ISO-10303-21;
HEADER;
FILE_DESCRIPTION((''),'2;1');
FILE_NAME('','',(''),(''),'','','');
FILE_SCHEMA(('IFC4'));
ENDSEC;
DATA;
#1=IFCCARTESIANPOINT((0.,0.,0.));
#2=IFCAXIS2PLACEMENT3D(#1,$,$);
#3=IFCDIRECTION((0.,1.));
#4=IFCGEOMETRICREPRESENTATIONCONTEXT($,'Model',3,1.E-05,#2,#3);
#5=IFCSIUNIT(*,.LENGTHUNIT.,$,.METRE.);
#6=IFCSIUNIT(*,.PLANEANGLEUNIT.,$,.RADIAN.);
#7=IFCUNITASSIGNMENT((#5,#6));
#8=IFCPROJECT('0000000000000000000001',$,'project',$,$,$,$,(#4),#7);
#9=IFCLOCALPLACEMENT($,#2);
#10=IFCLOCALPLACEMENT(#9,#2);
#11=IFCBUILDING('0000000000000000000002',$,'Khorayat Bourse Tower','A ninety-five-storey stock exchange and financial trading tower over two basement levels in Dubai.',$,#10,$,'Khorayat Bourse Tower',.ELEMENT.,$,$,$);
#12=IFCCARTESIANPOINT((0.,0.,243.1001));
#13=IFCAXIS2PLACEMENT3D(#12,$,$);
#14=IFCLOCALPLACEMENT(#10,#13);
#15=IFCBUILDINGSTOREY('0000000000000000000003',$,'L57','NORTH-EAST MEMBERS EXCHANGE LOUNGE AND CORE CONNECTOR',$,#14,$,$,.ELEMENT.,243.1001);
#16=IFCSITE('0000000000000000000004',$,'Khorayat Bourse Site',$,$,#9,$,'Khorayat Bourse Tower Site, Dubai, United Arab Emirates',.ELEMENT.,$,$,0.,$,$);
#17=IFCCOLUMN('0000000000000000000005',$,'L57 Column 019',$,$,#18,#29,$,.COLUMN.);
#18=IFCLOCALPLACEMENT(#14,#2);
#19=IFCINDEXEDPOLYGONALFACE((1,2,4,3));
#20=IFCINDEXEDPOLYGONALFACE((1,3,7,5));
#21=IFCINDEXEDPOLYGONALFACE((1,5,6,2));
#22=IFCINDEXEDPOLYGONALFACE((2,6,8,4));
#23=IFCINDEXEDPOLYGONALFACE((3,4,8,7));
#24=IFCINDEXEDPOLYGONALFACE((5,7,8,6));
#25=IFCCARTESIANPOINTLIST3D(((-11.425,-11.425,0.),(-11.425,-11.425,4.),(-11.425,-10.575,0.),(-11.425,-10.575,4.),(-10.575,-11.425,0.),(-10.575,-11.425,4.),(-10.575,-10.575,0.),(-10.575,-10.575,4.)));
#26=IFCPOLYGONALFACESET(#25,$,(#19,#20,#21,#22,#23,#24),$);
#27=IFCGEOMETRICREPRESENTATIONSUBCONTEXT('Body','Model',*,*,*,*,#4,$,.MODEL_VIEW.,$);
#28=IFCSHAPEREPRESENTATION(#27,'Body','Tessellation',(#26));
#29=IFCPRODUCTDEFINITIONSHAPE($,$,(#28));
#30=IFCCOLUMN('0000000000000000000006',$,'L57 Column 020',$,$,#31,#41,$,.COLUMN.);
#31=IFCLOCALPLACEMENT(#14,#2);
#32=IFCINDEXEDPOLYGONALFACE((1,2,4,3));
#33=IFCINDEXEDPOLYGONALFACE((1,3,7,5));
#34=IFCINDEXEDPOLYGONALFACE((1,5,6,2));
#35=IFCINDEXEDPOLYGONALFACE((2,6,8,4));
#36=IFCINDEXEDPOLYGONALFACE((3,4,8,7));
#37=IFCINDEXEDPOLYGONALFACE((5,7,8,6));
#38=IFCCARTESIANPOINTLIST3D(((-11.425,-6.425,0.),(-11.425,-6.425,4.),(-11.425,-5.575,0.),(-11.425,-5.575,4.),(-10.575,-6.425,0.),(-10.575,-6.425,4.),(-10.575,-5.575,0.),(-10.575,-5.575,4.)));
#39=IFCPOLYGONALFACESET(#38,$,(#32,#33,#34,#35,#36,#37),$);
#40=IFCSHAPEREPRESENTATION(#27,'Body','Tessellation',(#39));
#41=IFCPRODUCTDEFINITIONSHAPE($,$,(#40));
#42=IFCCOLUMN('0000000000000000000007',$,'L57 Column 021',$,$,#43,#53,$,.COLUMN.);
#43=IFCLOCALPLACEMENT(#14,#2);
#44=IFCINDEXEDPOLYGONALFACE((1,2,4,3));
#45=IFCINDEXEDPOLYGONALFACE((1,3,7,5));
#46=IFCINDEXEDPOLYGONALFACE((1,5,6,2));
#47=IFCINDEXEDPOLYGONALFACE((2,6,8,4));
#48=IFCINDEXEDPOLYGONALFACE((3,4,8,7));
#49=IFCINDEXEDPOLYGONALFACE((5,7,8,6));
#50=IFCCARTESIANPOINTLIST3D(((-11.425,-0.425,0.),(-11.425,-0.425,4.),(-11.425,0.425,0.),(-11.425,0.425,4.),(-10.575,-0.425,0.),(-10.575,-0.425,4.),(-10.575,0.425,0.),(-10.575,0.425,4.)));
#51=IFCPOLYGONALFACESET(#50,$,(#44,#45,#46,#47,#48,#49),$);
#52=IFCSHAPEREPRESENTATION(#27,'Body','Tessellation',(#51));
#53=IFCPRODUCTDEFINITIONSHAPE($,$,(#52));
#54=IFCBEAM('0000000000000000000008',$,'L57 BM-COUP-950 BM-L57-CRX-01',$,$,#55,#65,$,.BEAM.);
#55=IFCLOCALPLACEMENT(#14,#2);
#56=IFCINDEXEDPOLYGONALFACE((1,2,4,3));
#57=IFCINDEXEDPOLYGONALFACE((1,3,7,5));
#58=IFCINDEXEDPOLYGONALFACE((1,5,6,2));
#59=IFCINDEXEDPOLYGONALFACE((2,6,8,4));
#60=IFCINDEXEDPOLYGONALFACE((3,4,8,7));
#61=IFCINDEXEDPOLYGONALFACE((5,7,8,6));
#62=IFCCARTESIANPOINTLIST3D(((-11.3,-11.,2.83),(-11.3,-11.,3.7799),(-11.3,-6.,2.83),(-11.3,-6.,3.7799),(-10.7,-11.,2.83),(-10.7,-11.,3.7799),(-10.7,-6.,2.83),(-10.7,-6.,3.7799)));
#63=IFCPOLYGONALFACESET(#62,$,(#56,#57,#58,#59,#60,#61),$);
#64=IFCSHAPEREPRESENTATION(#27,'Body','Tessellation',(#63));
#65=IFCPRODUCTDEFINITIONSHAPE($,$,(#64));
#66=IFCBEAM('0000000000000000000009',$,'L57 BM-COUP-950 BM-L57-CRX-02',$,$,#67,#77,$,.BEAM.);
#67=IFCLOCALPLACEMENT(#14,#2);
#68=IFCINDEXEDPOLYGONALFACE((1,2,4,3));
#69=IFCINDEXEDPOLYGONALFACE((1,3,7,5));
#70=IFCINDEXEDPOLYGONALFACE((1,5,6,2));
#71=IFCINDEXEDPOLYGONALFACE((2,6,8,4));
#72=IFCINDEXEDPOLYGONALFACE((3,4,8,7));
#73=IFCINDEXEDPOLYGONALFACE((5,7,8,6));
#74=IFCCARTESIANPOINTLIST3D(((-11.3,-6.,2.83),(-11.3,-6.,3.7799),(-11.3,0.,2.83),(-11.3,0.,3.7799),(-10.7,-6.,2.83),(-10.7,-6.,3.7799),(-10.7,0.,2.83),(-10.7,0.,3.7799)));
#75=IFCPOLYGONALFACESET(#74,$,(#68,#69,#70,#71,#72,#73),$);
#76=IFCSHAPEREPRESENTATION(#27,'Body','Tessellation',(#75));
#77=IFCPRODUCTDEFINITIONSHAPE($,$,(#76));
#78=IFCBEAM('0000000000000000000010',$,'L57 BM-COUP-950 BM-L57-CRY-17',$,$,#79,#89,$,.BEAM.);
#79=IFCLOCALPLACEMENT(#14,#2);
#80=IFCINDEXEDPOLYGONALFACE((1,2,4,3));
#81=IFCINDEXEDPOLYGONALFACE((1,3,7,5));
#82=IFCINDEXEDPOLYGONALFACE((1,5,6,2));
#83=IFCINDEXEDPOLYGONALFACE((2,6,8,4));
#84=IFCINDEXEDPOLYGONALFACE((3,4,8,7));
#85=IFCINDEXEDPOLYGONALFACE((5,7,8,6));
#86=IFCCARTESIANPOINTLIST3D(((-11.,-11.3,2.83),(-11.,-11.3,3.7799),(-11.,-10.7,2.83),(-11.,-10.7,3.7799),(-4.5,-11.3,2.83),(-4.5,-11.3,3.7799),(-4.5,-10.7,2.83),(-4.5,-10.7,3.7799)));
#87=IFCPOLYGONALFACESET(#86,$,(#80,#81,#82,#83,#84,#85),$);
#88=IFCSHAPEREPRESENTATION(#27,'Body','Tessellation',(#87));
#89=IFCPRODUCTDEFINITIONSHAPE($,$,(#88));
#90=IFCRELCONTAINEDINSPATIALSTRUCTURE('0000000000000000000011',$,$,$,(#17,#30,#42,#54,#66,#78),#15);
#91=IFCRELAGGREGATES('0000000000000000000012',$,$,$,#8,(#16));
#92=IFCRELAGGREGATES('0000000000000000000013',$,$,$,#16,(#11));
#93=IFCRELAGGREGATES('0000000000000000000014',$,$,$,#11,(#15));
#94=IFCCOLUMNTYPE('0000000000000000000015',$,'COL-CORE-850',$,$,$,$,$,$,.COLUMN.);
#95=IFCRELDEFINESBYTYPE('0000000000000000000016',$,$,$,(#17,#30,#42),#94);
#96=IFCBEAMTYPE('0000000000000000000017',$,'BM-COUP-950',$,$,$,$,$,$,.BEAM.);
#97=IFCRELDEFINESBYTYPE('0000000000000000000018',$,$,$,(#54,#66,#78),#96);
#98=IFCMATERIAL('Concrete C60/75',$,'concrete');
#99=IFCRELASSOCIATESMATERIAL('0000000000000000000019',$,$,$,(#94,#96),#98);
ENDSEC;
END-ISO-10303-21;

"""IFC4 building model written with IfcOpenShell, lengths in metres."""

from ifc_helpers import new_model, si_unit, direction, frame, origin, origin_2d, place, context, subcontext, project, spatial, rectangle, extrude, source, transform, mapped, material, material_profile, profile_set, type_object, element, save


model = new_model("IFC4")

# Units and contexts
model_context = context("Model", 3, precision=1e-05, world=origin(), true_north=direction((0.0, 1.0)))
body_context = subcontext(model_context, "Body", "Model", "MODEL_VIEW")
ifc_project = project(units=[si_unit("LENGTHUNIT", "METRE"), si_unit("PLANEANGLEUNIT", "RADIAN")], contexts=[model_context])

# Site, building, storey
site_placement = place(None, origin())
site = spatial("IfcSite", under=ifc_project, at=site_placement, Name="Khorayat Bourse Site", LongName="Khorayat Bourse Tower Site, Dubai, United Arab Emirates", CompositionType="ELEMENT", RefElevation=0.0)
building_placement = place(site_placement, origin())
building = spatial("IfcBuilding", under=site, at=building_placement, Name="Khorayat Bourse Tower", Description="A ninety-five-storey stock exchange and financial trading tower over two basement levels in Dubai.", LongName="Khorayat Bourse Tower", CompositionType="ELEMENT")
storey_placement = place(building_placement, frame((0.0, 0.0, 243.1001)))
storey = spatial("IfcBuildingStorey", under=building, at=storey_placement, Name="L57", Description="NORTH-EAST MEMBERS EXCHANGE LOUNGE AND CORE CONNECTOR", CompositionType="ELEMENT", Elevation=243.1001)

# Columns
ifc_material_1 = material(Name="Concrete C60/75", Category="concrete")
ifc_material_profile_1 = material_profile(ifc_material_1, rectangle(XDim=0.8501, YDim=0.8501, at=origin_2d()), Name="RC 850x850")
ifc_profile_set_1 = profile_set([ifc_material_profile_1], Name="Concrete C60/75")
column_type = type_object("IfcColumnType", Name="COL-CORE-850", PredefinedType="COLUMN", material=ifc_profile_set_1)
shared_shape_1 = source(origin(), body_context, "Body", "SweptSolid", [
    extrude(rectangle(XDim=0.8501, YDim=0.8501, at=origin_2d()), origin(), (0.0, 0.0, 1.0), 4.0),
])
for number, where, z_axis, x_axis, name in (
    (1, (-11.0, -11.0, 0.0), (0.0, 0.0, 1.0), (1.0, 0.0, 0.0), "L57 Column 019"),
    (2, (-11.0, -6.0, 0.0), (0.0, 0.0, 1.0), (1.0, 0.0, 0.0), "L57 Column 020"),
    (3, (-11.0, 0.0, 0.0), (0.0, 0.0, 1.0), (1.0, 0.0, 0.0), "L57 Column 021"),
):
    element("IfcColumn", number, at=place(storey_placement, frame(where, z_axis=z_axis, x_axis=x_axis)), inside=storey, type_object=column_type, Name=name, PredefinedType="COLUMN", context=body_context, shape_type="MappedRepresentation", body=[
        mapped(shared_shape_1, transform((0.0, 0.0, 0.0), scale=1.0)),
    ])

# Beams
ifc_material_profile_2 = material_profile(ifc_material_1, rectangle(XDim=0.6001, YDim=0.95, at=origin_2d()), Name="RC 600x950")
ifc_profile_set_2 = profile_set([ifc_material_profile_2], Name="Concrete C60/75")
beam_type = type_object("IfcBeamType", Name="BM-COUP-950", PredefinedType="BEAM", material=ifc_profile_set_2)
shared_shape_2 = source(origin(), body_context, "Body", "SweptSolid", [
    extrude(rectangle(XDim=0.6001, YDim=0.95, at=origin_2d()), origin(), (0.0, 0.0, 1.0), 5.0),
])
beam_1_placement = place(storey_placement, frame((-11.0, -11.0, 3.3049), z_axis=(0.0, 1.0, 0.0), x_axis=(-1.0, 0.0, 0.0)))
element("IfcBeam", 4, at=beam_1_placement, inside=storey, type_object=beam_type, Name="L57 BM-COUP-950 BM-L57-CRX-01", PredefinedType="BEAM", context=body_context, shape_type="MappedRepresentation", body=[
    mapped(shared_shape_2, transform((0.0, 0.0, 0.0), scale=1.0)),
])
shared_shape_3 = source(origin(), body_context, "Body", "SweptSolid", [
    extrude(rectangle(XDim=0.6001, YDim=0.95, at=origin_2d()), origin(), (0.0, 0.0, 1.0), 6.0),
])
beam_2_placement = place(storey_placement, frame((-11.0, -6.0, 3.3049), z_axis=(0.0, 1.0, 0.0), x_axis=(-1.0, 0.0, 0.0)))
element("IfcBeam", 5, at=beam_2_placement, inside=storey, type_object=beam_type, Name="L57 BM-COUP-950 BM-L57-CRX-02", PredefinedType="BEAM", context=body_context, shape_type="MappedRepresentation", body=[
    mapped(shared_shape_3, transform((0.0, 0.0, 0.0), scale=1.0)),
])
shared_shape_4 = source(origin(), body_context, "Body", "SweptSolid", [
    extrude(rectangle(XDim=0.6001, YDim=0.95, at=origin_2d()), origin(), (0.0, 0.0, 1.0), 6.5),
])
beam_3_placement = place(storey_placement, frame((-11.0, -11.0, 3.3049), z_axis=(1.0, 0.0, 0.0), x_axis=(0.0, 1.0, 0.0)))
element("IfcBeam", 6, at=beam_3_placement, inside=storey, type_object=beam_type, Name="L57 BM-COUP-950 BM-L57-CRY-17", PredefinedType="BEAM", context=body_context, shape_type="MappedRepresentation", body=[
    mapped(shared_shape_4, transform((0.0, 0.0, 0.0), scale=1.0)),
])

save(model, "model.ifc")
